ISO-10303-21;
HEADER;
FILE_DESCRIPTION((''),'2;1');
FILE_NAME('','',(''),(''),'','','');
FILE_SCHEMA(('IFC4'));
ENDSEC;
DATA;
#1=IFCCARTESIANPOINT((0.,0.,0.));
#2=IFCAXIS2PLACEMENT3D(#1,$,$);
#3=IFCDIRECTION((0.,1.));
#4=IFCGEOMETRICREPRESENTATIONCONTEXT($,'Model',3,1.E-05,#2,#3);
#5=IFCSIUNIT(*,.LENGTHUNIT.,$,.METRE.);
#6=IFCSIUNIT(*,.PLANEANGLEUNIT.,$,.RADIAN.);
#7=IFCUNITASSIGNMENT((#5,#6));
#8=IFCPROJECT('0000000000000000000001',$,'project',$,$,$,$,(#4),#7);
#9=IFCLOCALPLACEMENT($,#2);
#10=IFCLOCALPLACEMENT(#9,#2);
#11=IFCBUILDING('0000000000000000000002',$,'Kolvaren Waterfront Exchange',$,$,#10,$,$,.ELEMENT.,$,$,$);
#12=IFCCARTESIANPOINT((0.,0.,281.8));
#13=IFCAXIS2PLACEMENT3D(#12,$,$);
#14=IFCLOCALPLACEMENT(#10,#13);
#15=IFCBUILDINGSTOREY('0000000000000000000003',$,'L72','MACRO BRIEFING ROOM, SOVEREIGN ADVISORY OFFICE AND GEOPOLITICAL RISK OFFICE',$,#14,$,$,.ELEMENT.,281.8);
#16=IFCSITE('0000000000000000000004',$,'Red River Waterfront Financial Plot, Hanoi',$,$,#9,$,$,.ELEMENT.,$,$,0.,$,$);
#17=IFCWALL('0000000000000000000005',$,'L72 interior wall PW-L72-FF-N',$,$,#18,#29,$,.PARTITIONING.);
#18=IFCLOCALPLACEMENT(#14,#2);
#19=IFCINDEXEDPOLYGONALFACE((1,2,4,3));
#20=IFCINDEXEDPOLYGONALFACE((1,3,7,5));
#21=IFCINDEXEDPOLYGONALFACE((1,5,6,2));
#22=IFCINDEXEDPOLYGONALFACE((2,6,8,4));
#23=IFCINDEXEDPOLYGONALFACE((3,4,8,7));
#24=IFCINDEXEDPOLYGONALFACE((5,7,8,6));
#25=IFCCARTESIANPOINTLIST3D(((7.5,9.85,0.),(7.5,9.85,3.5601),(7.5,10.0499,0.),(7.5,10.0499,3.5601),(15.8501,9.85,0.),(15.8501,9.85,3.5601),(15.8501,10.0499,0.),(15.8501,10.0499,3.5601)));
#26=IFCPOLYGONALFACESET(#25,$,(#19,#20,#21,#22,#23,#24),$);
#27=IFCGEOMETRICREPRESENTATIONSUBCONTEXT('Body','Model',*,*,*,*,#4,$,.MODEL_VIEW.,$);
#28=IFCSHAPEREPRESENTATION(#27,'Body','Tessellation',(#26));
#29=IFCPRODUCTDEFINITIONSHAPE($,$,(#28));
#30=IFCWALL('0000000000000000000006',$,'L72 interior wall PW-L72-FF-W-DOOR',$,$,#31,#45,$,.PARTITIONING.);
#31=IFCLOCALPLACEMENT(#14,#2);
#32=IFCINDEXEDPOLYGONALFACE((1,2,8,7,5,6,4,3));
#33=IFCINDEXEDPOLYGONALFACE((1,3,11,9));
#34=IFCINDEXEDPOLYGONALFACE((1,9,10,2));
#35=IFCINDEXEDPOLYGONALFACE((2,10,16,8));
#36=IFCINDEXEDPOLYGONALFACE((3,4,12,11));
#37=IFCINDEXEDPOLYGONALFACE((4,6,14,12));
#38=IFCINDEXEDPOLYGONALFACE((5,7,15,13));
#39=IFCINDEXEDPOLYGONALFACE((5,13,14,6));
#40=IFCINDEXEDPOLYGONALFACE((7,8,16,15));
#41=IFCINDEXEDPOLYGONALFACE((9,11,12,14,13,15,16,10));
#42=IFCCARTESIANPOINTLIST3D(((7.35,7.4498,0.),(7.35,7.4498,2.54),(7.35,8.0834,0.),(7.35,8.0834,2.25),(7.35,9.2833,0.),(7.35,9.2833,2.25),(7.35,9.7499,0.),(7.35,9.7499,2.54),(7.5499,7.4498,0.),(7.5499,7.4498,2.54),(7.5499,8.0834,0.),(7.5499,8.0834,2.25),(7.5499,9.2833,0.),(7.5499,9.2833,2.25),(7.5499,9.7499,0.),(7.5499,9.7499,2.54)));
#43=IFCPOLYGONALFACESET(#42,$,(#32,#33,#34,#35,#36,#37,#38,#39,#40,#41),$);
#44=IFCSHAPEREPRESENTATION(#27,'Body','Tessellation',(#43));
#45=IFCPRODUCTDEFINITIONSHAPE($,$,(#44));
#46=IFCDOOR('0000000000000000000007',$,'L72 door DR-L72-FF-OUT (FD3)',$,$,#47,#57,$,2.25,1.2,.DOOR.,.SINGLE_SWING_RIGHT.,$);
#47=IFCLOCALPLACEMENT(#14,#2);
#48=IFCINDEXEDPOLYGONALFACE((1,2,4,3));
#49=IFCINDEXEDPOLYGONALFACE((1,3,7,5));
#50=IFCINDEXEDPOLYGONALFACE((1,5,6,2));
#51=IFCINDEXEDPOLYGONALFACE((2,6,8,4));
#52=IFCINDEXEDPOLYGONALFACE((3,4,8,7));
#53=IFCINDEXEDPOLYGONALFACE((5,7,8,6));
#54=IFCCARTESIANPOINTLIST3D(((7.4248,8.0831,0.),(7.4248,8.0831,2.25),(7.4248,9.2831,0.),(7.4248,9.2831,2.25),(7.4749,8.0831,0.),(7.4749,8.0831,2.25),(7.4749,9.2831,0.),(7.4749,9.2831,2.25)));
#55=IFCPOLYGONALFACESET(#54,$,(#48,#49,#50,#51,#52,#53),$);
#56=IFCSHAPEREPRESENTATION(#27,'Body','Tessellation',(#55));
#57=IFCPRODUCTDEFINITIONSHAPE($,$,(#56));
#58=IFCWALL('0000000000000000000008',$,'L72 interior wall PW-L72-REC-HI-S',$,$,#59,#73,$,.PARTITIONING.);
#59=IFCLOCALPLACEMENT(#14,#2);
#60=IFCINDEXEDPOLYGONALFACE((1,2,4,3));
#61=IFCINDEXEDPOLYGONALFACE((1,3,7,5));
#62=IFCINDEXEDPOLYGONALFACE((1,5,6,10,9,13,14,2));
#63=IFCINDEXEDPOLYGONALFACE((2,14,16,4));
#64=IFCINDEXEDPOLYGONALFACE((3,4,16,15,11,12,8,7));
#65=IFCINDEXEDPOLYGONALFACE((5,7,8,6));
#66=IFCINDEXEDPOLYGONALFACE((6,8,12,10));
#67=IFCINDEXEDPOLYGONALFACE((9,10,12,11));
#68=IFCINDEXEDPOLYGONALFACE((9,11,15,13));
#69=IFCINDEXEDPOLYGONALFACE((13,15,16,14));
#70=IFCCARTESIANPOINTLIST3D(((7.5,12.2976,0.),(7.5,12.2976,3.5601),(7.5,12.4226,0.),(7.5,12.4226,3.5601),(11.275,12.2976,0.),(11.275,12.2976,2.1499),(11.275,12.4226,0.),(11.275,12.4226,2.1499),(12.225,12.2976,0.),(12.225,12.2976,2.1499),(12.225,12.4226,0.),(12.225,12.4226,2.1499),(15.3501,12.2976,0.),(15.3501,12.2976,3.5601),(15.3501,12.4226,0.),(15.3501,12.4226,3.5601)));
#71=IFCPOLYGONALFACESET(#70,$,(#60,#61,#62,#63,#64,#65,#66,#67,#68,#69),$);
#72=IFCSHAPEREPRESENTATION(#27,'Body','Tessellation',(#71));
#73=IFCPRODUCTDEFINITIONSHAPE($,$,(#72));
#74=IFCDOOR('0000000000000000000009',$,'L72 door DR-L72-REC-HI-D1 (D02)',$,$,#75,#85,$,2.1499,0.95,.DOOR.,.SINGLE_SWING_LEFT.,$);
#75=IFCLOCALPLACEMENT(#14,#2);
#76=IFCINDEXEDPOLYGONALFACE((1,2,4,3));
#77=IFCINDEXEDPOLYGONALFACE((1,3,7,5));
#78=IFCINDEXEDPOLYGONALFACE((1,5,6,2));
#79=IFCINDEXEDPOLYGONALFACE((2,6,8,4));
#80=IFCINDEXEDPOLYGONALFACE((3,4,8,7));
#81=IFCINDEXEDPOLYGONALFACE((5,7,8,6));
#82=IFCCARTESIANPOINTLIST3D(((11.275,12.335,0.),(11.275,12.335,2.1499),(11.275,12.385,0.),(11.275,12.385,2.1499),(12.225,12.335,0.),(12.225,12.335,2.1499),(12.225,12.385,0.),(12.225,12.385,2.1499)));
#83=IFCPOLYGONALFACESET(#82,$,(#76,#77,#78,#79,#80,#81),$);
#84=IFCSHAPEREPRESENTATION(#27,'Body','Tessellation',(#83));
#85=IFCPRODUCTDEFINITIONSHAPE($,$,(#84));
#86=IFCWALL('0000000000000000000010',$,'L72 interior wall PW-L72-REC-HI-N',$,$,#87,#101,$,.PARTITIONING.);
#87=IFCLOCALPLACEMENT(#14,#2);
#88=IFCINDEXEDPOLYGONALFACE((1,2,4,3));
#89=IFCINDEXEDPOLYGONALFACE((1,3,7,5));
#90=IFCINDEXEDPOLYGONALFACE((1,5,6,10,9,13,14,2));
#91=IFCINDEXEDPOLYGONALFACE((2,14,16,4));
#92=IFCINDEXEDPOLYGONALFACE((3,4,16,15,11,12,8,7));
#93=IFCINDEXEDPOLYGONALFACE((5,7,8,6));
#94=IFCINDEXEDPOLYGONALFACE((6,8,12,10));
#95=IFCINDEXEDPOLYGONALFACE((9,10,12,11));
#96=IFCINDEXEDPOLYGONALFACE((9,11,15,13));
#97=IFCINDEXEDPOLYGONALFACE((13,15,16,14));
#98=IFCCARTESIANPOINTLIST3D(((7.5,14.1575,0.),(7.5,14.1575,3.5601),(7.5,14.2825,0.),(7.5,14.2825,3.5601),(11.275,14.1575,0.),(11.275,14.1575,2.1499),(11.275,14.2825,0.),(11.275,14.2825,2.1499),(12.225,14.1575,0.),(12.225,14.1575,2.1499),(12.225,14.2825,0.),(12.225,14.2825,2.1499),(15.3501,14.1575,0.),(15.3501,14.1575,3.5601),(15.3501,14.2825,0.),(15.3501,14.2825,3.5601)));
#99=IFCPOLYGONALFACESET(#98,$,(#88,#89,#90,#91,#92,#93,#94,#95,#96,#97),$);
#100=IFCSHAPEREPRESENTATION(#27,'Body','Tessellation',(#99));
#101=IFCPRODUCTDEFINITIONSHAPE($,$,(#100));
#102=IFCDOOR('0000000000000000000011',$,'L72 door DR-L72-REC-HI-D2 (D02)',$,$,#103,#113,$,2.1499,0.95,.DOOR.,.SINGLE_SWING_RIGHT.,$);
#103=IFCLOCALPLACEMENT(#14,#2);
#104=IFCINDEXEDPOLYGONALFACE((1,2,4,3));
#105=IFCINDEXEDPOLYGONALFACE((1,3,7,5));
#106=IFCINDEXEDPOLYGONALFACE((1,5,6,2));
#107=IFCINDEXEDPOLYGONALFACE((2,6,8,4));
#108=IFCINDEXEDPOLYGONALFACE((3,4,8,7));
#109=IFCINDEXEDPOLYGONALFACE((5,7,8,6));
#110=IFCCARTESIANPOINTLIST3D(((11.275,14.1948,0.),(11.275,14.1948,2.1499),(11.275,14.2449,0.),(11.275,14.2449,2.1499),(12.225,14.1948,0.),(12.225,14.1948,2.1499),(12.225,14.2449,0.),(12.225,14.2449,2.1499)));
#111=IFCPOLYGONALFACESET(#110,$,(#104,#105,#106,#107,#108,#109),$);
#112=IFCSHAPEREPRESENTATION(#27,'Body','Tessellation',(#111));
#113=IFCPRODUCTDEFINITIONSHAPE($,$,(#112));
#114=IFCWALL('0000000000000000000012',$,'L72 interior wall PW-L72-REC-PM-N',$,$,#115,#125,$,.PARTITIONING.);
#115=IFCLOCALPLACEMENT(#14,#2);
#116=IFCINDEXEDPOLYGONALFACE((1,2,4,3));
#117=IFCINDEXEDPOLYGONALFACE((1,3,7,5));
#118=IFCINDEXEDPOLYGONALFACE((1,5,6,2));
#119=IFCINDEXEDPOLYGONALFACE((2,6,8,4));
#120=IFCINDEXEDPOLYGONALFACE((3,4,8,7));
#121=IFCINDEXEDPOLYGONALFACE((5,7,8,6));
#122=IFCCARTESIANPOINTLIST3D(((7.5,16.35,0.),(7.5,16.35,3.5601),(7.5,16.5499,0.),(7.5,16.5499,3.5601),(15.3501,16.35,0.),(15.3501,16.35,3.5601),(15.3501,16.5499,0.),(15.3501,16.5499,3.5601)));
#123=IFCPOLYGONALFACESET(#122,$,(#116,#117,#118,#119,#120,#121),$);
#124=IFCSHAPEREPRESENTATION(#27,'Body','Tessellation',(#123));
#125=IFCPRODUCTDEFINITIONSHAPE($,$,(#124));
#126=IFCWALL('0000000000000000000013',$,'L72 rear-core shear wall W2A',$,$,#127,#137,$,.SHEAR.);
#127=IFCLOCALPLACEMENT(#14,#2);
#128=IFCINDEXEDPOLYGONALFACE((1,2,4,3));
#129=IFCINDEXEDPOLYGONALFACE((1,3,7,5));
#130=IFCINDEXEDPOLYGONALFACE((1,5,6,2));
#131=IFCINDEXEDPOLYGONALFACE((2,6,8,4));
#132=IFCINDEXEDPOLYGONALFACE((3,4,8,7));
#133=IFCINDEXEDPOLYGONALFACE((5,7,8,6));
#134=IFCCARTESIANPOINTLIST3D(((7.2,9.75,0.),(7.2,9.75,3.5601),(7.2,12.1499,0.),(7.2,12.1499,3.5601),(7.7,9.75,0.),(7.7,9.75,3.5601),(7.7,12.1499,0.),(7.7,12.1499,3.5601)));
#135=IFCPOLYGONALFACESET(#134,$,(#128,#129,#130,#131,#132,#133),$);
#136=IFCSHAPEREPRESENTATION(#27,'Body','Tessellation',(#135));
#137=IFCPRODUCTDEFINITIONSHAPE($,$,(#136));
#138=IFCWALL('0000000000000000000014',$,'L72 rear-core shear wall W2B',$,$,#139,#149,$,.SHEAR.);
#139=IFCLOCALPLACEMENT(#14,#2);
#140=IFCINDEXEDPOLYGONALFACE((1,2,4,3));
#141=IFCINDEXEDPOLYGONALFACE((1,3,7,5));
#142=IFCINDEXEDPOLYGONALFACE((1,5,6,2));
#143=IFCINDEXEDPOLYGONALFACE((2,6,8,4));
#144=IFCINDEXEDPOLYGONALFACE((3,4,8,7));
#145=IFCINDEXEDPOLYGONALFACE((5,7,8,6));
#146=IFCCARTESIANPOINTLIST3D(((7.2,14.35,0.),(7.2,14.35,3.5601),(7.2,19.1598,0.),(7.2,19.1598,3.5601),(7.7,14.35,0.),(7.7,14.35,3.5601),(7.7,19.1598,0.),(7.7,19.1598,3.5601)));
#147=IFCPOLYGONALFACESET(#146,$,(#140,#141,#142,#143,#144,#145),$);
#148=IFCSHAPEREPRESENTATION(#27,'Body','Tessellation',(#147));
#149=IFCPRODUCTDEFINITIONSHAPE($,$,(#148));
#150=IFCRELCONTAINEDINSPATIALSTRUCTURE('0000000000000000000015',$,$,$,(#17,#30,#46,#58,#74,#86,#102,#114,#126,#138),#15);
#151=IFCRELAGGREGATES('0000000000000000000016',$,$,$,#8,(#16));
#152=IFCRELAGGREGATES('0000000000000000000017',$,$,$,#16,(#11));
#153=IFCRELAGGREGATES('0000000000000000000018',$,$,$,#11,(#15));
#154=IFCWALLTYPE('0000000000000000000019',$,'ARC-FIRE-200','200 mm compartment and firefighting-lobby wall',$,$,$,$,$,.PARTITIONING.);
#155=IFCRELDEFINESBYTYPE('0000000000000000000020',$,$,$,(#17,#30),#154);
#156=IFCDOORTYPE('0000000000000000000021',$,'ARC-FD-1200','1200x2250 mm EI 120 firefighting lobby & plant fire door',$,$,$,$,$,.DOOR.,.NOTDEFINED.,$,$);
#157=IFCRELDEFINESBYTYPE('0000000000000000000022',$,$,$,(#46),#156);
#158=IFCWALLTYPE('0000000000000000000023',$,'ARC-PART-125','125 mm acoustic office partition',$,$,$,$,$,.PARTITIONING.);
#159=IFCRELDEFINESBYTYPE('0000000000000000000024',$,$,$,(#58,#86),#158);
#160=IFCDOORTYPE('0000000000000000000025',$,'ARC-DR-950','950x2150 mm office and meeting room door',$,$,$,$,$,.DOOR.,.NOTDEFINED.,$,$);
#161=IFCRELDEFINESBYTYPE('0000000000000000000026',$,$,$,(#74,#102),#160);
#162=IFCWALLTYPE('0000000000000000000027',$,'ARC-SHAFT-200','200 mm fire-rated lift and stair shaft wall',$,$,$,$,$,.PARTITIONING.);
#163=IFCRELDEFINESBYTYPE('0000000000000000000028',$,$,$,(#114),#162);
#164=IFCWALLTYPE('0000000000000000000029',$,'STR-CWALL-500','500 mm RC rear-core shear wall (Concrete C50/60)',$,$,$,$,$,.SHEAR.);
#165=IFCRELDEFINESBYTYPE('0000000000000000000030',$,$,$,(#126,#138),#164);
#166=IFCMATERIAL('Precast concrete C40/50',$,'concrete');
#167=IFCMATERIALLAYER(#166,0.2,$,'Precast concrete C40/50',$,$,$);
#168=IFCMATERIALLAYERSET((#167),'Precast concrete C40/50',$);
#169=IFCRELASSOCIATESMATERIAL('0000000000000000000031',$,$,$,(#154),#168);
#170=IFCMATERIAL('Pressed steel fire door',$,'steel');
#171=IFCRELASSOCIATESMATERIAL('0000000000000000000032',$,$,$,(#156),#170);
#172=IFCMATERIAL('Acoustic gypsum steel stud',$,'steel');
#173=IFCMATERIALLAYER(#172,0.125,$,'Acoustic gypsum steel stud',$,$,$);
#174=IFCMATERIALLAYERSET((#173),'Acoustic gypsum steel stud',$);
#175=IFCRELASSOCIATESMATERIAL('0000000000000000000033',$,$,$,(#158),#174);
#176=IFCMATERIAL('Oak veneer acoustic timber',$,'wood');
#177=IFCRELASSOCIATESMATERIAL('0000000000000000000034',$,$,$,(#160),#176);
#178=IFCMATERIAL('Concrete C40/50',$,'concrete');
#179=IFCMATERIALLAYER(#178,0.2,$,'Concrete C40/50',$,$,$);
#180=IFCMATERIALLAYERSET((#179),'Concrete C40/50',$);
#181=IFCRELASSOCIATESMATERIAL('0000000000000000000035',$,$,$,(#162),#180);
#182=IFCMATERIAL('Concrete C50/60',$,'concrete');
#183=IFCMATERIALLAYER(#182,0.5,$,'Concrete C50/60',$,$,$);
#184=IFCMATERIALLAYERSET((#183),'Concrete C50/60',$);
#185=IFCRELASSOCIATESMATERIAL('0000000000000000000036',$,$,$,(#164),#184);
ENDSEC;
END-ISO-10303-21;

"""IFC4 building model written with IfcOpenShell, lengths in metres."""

from ifc_helpers import new_model, si_unit, direction, frame, frame_2d, origin, place, context, subcontext, project, spatial, rectangle, extrude, material, layer, layer_set, type_object, element, fill, save


model = new_model("IFC4")

# Units and contexts
model_context = context("Model", 3, precision=1e-05, world=origin(), true_north=direction((0.0, 1.0)))
body_context = subcontext(model_context, "Body", "Model", "MODEL_VIEW")
ifc_project = project(units=[si_unit("LENGTHUNIT", "METRE"), si_unit("PLANEANGLEUNIT", "RADIAN")], contexts=[model_context])

# Site, building, storey
site_placement = place(None, origin())
site = spatial("IfcSite", under=ifc_project, at=site_placement, Name="Red River Waterfront Financial Plot, Hanoi", CompositionType="ELEMENT", RefElevation=0.0)
building_placement = place(site_placement, origin())
building = spatial("IfcBuilding", under=site, at=building_placement, Name="Kolvaren Waterfront Exchange", CompositionType="ELEMENT")
storey_placement = place(building_placement, frame((0.0, 0.0, 281.8)))
storey = spatial("IfcBuildingStorey", under=building, at=storey_placement, Name="L72", Description="MACRO BRIEFING ROOM, SOVEREIGN ADVISORY OFFICE AND GEOPOLITICAL RISK OFFICE", CompositionType="ELEMENT", Elevation=281.8)

# Wall
ifc_material_1 = material(Name="Precast concrete C40/50", Category="concrete")
ifc_layer_1 = layer(ifc_material_1, 0.2, Name="Precast concrete C40/50")
ifc_layer_set_1 = layer_set([ifc_layer_1], Name="Precast concrete C40/50")
wall_type_1 = type_object("IfcWallType", Name="ARC-FIRE-200", Description="200 mm compartment and firefighting-lobby wall", PredefinedType="PARTITIONING", material=ifc_layer_set_1)
wall_1_placement = place(storey_placement, frame((7.5, 9.95, 0.0), z_axis=(0.0, 0.0, 1.0), x_axis=(1.0, 0.0, 0.0)))
element("IfcWall", 1, at=wall_1_placement, inside=storey, type_object=wall_type_1, Name="L72 interior wall PW-L72-FF-N", PredefinedType="PARTITIONING", context=body_context, shape_type="SweptSolid", body=[
    extrude(rectangle(XDim=8.3501, YDim=0.2, at=frame_2d((4.175, 0.0))), origin(), (0.0, 0.0, 1.0), 3.5601),
])

# Walls, openings, doors
wall_2_placement = place(storey_placement, frame((7.45, 7.45, 0.0), z_axis=(0.0, 0.0, 1.0), x_axis=(0.0, 1.0, 0.0)))
wall_2 = element("IfcWall", 2, at=wall_2_placement, inside=storey, type_object=wall_type_1, Name="L72 interior wall PW-L72-FF-W-DOOR", PredefinedType="PARTITIONING", context=body_context, shape_type="SweptSolid", body=[
    extrude(rectangle(XDim=2.3, YDim=0.2, at=frame_2d((1.1499, 0.0))), origin(), (0.0, 0.0, 1.0), 2.54),
])
opening_1_placement = place(wall_2_placement, frame((0.6333, 0.0, 0.0)))
opening_1 = element("IfcOpeningElement", 3, at=opening_1_placement, cuts=wall_2, PredefinedType="OPENING", context=body_context, shape_type="SweptSolid", body=[
    extrude(rectangle(XDim=1.2, YDim=2.25, at=frame_2d((0.6001, 1.125))), frame((0.0, 0.1099, 0.0), z_axis=(0.0, -1.0, 0.0), x_axis=(1.0, 0.0, 0.0)), (0.0, 0.0, 1.0), 0.22),
])
ifc_material_2 = material(Name="Pressed steel fire door", Category="steel")
door_type_1 = type_object("IfcDoorType", Name="ARC-FD-1200", Description="1200x2250 mm EI 120 firefighting lobby & plant fire door", OperationType="NOTDEFINED", PredefinedType="DOOR", material=ifc_material_2)
door_1_placement = place(opening_1_placement, frame((1.2, 0.0, 0.0), z_axis=(0.0, 0.0, 1.0), x_axis=(-1.0, 0.0, 0.0)))
door_1 = element("IfcDoor", 4, at=door_1_placement, inside=storey, type_object=door_type_1, Name="L72 door DR-L72-FF-OUT (FD3)", OperationType="SINGLE_SWING_RIGHT", OverallHeight=2.25, OverallWidth=1.2, PredefinedType="DOOR", context=body_context, shape_type="SweptSolid", body=[
    extrude(rectangle(XDim=1.2, YDim=2.25, at=frame_2d((0.6001, 1.125))), frame((0.0, 0.0249, 0.0), z_axis=(0.0, -1.0, 0.0), x_axis=(1.0, 0.0, 0.0)), (0.0, 0.0, 1.0), 0.05),
])
fill(opening_1, door_1)
ifc_material_3 = material(Name="Acoustic gypsum steel stud", Category="steel")
ifc_layer_2 = layer(ifc_material_3, 0.125, Name="Acoustic gypsum steel stud")
ifc_layer_set_2 = layer_set([ifc_layer_2], Name="Acoustic gypsum steel stud")
wall_type_2 = type_object("IfcWallType", Name="ARC-PART-125", Description="125 mm acoustic office partition", PredefinedType="PARTITIONING", material=ifc_layer_set_2)
wall_3_placement = place(storey_placement, frame((7.5, 12.3601, 0.0), z_axis=(0.0, 0.0, 1.0), x_axis=(1.0, 0.0, 0.0)))
wall_3 = element("IfcWall", 5, at=wall_3_placement, inside=storey, type_object=wall_type_2, Name="L72 interior wall PW-L72-REC-HI-S", PredefinedType="PARTITIONING", context=body_context, shape_type="SweptSolid", body=[
    extrude(rectangle(XDim=7.8501, YDim=0.125, at=frame_2d((3.925, 0.0))), origin(), (0.0, 0.0, 1.0), 3.5601),
])
opening_2_placement = place(wall_3_placement, frame((3.7749, 0.0, 0.0)))
opening_2 = element("IfcOpeningElement", 6, at=opening_2_placement, cuts=wall_3, PredefinedType="OPENING", context=body_context, shape_type="SweptSolid", body=[
    extrude(rectangle(XDim=0.95, YDim=2.1499, at=frame_2d((0.4751, 1.075))), frame((0.0, 0.0725, 0.0), z_axis=(0.0, -1.0, 0.0), x_axis=(1.0, 0.0, 0.0)), (0.0, 0.0, 1.0), 0.145),
])
ifc_material_4 = material(Name="Oak veneer acoustic timber", Category="wood")
door_type_2 = type_object("IfcDoorType", Name="ARC-DR-950", Description="950x2150 mm office and meeting room door", OperationType="NOTDEFINED", PredefinedType="DOOR", material=ifc_material_4)
door_2_placement = place(opening_2_placement, origin())
door_2 = element("IfcDoor", 7, at=door_2_placement, inside=storey, type_object=door_type_2, Name="L72 door DR-L72-REC-HI-D1 (D02)", OperationType="SINGLE_SWING_LEFT", OverallHeight=2.1499, OverallWidth=0.95, PredefinedType="DOOR", context=body_context, shape_type="SweptSolid", body=[
    extrude(rectangle(XDim=0.95, YDim=2.1499, at=frame_2d((0.4751, 1.075))), frame((0.0, 0.0249, 0.0), z_axis=(0.0, -1.0, 0.0), x_axis=(1.0, 0.0, 0.0)), (0.0, 0.0, 1.0), 0.05),
])
fill(opening_2, door_2)
wall_4_placement = place(storey_placement, frame((7.5, 14.22, 0.0), z_axis=(0.0, 0.0, 1.0), x_axis=(1.0, 0.0, 0.0)))
wall_4 = element("IfcWall", 8, at=wall_4_placement, inside=storey, type_object=wall_type_2, Name="L72 interior wall PW-L72-REC-HI-N", PredefinedType="PARTITIONING", context=body_context, shape_type="SweptSolid", body=[
    extrude(rectangle(XDim=7.8501, YDim=0.125, at=frame_2d((3.925, 0.0))), origin(), (0.0, 0.0, 1.0), 3.5601),
])
opening_3_placement = place(wall_4_placement, frame((3.7749, 0.0, 0.0)))
opening_3 = element("IfcOpeningElement", 9, at=opening_3_placement, cuts=wall_4, PredefinedType="OPENING", context=body_context, shape_type="SweptSolid", body=[
    extrude(rectangle(XDim=0.95, YDim=2.1499, at=frame_2d((0.4751, 1.075))), frame((0.0, 0.0725, 0.0), z_axis=(0.0, -1.0, 0.0), x_axis=(1.0, 0.0, 0.0)), (0.0, 0.0, 1.0), 0.145),
])
door_3_placement = place(opening_3_placement, origin())
door_3 = element("IfcDoor", 10, at=door_3_placement, inside=storey, type_object=door_type_2, Name="L72 door DR-L72-REC-HI-D2 (D02)", OperationType="SINGLE_SWING_RIGHT", OverallHeight=2.1499, OverallWidth=0.95, PredefinedType="DOOR", context=body_context, shape_type="SweptSolid", body=[
    extrude(rectangle(XDim=0.95, YDim=2.1499, at=frame_2d((0.4751, 1.075))), frame((0.0, 0.0249, 0.0), z_axis=(0.0, -1.0, 0.0), x_axis=(1.0, 0.0, 0.0)), (0.0, 0.0, 1.0), 0.05),
])
fill(opening_3, door_3)

# Walls
ifc_material_5 = material(Name="Concrete C40/50", Category="concrete")
ifc_layer_3 = layer(ifc_material_5, 0.2, Name="Concrete C40/50")
ifc_layer_set_3 = layer_set([ifc_layer_3], Name="Concrete C40/50")
wall_type_3 = type_object("IfcWallType", Name="ARC-SHAFT-200", Description="200 mm fire-rated lift and stair shaft wall", PredefinedType="PARTITIONING", material=ifc_layer_set_3)
wall_5_placement = place(storey_placement, frame((7.5, 16.45, 0.0), z_axis=(0.0, 0.0, 1.0), x_axis=(1.0, 0.0, 0.0)))
element("IfcWall", 11, at=wall_5_placement, inside=storey, type_object=wall_type_3, Name="L72 interior wall PW-L72-REC-PM-N", PredefinedType="PARTITIONING", context=body_context, shape_type="SweptSolid", body=[
    extrude(rectangle(XDim=7.8501, YDim=0.2, at=frame_2d((3.925, 0.0))), origin(), (0.0, 0.0, 1.0), 3.5601),
])
ifc_material_6 = material(Name="Concrete C50/60", Category="concrete")
ifc_layer_4 = layer(ifc_material_6, 0.5, Name="Concrete C50/60")
ifc_layer_set_4 = layer_set([ifc_layer_4], Name="Concrete C50/60")
wall_type_4 = type_object("IfcWallType", Name="STR-CWALL-500", Description="500 mm RC rear-core shear wall (Concrete C50/60)", PredefinedType="SHEAR", material=ifc_layer_set_4)
wall_6_placement = place(storey_placement, frame((7.45, 9.75, 0.0), z_axis=(0.0, 0.0, 1.0), x_axis=(0.0, 1.0, 0.0)))
element("IfcWall", 12, at=wall_6_placement, inside=storey, type_object=wall_type_4, Name="L72 rear-core shear wall W2A", PredefinedType="SHEAR", context=body_context, shape_type="SweptSolid", body=[
    extrude(rectangle(XDim=2.3999, YDim=0.5, at=frame_2d((1.2, 0.0))), origin(), (0.0, 0.0, 1.0), 3.5601),
])
wall_7_placement = place(storey_placement, frame((7.45, 14.3501, 0.0), z_axis=(0.0, 0.0, 1.0), x_axis=(0.0, 1.0, 0.0)))
element("IfcWall", 13, at=wall_7_placement, inside=storey, type_object=wall_type_4, Name="L72 rear-core shear wall W2B", PredefinedType="SHEAR", context=body_context, shape_type="SweptSolid", body=[
    extrude(rectangle(XDim=4.8098, YDim=0.5, at=frame_2d((2.4048, 0.0))), origin(), (0.0, 0.0, 1.0), 3.5601),
])

save(model, "model.ifc")
